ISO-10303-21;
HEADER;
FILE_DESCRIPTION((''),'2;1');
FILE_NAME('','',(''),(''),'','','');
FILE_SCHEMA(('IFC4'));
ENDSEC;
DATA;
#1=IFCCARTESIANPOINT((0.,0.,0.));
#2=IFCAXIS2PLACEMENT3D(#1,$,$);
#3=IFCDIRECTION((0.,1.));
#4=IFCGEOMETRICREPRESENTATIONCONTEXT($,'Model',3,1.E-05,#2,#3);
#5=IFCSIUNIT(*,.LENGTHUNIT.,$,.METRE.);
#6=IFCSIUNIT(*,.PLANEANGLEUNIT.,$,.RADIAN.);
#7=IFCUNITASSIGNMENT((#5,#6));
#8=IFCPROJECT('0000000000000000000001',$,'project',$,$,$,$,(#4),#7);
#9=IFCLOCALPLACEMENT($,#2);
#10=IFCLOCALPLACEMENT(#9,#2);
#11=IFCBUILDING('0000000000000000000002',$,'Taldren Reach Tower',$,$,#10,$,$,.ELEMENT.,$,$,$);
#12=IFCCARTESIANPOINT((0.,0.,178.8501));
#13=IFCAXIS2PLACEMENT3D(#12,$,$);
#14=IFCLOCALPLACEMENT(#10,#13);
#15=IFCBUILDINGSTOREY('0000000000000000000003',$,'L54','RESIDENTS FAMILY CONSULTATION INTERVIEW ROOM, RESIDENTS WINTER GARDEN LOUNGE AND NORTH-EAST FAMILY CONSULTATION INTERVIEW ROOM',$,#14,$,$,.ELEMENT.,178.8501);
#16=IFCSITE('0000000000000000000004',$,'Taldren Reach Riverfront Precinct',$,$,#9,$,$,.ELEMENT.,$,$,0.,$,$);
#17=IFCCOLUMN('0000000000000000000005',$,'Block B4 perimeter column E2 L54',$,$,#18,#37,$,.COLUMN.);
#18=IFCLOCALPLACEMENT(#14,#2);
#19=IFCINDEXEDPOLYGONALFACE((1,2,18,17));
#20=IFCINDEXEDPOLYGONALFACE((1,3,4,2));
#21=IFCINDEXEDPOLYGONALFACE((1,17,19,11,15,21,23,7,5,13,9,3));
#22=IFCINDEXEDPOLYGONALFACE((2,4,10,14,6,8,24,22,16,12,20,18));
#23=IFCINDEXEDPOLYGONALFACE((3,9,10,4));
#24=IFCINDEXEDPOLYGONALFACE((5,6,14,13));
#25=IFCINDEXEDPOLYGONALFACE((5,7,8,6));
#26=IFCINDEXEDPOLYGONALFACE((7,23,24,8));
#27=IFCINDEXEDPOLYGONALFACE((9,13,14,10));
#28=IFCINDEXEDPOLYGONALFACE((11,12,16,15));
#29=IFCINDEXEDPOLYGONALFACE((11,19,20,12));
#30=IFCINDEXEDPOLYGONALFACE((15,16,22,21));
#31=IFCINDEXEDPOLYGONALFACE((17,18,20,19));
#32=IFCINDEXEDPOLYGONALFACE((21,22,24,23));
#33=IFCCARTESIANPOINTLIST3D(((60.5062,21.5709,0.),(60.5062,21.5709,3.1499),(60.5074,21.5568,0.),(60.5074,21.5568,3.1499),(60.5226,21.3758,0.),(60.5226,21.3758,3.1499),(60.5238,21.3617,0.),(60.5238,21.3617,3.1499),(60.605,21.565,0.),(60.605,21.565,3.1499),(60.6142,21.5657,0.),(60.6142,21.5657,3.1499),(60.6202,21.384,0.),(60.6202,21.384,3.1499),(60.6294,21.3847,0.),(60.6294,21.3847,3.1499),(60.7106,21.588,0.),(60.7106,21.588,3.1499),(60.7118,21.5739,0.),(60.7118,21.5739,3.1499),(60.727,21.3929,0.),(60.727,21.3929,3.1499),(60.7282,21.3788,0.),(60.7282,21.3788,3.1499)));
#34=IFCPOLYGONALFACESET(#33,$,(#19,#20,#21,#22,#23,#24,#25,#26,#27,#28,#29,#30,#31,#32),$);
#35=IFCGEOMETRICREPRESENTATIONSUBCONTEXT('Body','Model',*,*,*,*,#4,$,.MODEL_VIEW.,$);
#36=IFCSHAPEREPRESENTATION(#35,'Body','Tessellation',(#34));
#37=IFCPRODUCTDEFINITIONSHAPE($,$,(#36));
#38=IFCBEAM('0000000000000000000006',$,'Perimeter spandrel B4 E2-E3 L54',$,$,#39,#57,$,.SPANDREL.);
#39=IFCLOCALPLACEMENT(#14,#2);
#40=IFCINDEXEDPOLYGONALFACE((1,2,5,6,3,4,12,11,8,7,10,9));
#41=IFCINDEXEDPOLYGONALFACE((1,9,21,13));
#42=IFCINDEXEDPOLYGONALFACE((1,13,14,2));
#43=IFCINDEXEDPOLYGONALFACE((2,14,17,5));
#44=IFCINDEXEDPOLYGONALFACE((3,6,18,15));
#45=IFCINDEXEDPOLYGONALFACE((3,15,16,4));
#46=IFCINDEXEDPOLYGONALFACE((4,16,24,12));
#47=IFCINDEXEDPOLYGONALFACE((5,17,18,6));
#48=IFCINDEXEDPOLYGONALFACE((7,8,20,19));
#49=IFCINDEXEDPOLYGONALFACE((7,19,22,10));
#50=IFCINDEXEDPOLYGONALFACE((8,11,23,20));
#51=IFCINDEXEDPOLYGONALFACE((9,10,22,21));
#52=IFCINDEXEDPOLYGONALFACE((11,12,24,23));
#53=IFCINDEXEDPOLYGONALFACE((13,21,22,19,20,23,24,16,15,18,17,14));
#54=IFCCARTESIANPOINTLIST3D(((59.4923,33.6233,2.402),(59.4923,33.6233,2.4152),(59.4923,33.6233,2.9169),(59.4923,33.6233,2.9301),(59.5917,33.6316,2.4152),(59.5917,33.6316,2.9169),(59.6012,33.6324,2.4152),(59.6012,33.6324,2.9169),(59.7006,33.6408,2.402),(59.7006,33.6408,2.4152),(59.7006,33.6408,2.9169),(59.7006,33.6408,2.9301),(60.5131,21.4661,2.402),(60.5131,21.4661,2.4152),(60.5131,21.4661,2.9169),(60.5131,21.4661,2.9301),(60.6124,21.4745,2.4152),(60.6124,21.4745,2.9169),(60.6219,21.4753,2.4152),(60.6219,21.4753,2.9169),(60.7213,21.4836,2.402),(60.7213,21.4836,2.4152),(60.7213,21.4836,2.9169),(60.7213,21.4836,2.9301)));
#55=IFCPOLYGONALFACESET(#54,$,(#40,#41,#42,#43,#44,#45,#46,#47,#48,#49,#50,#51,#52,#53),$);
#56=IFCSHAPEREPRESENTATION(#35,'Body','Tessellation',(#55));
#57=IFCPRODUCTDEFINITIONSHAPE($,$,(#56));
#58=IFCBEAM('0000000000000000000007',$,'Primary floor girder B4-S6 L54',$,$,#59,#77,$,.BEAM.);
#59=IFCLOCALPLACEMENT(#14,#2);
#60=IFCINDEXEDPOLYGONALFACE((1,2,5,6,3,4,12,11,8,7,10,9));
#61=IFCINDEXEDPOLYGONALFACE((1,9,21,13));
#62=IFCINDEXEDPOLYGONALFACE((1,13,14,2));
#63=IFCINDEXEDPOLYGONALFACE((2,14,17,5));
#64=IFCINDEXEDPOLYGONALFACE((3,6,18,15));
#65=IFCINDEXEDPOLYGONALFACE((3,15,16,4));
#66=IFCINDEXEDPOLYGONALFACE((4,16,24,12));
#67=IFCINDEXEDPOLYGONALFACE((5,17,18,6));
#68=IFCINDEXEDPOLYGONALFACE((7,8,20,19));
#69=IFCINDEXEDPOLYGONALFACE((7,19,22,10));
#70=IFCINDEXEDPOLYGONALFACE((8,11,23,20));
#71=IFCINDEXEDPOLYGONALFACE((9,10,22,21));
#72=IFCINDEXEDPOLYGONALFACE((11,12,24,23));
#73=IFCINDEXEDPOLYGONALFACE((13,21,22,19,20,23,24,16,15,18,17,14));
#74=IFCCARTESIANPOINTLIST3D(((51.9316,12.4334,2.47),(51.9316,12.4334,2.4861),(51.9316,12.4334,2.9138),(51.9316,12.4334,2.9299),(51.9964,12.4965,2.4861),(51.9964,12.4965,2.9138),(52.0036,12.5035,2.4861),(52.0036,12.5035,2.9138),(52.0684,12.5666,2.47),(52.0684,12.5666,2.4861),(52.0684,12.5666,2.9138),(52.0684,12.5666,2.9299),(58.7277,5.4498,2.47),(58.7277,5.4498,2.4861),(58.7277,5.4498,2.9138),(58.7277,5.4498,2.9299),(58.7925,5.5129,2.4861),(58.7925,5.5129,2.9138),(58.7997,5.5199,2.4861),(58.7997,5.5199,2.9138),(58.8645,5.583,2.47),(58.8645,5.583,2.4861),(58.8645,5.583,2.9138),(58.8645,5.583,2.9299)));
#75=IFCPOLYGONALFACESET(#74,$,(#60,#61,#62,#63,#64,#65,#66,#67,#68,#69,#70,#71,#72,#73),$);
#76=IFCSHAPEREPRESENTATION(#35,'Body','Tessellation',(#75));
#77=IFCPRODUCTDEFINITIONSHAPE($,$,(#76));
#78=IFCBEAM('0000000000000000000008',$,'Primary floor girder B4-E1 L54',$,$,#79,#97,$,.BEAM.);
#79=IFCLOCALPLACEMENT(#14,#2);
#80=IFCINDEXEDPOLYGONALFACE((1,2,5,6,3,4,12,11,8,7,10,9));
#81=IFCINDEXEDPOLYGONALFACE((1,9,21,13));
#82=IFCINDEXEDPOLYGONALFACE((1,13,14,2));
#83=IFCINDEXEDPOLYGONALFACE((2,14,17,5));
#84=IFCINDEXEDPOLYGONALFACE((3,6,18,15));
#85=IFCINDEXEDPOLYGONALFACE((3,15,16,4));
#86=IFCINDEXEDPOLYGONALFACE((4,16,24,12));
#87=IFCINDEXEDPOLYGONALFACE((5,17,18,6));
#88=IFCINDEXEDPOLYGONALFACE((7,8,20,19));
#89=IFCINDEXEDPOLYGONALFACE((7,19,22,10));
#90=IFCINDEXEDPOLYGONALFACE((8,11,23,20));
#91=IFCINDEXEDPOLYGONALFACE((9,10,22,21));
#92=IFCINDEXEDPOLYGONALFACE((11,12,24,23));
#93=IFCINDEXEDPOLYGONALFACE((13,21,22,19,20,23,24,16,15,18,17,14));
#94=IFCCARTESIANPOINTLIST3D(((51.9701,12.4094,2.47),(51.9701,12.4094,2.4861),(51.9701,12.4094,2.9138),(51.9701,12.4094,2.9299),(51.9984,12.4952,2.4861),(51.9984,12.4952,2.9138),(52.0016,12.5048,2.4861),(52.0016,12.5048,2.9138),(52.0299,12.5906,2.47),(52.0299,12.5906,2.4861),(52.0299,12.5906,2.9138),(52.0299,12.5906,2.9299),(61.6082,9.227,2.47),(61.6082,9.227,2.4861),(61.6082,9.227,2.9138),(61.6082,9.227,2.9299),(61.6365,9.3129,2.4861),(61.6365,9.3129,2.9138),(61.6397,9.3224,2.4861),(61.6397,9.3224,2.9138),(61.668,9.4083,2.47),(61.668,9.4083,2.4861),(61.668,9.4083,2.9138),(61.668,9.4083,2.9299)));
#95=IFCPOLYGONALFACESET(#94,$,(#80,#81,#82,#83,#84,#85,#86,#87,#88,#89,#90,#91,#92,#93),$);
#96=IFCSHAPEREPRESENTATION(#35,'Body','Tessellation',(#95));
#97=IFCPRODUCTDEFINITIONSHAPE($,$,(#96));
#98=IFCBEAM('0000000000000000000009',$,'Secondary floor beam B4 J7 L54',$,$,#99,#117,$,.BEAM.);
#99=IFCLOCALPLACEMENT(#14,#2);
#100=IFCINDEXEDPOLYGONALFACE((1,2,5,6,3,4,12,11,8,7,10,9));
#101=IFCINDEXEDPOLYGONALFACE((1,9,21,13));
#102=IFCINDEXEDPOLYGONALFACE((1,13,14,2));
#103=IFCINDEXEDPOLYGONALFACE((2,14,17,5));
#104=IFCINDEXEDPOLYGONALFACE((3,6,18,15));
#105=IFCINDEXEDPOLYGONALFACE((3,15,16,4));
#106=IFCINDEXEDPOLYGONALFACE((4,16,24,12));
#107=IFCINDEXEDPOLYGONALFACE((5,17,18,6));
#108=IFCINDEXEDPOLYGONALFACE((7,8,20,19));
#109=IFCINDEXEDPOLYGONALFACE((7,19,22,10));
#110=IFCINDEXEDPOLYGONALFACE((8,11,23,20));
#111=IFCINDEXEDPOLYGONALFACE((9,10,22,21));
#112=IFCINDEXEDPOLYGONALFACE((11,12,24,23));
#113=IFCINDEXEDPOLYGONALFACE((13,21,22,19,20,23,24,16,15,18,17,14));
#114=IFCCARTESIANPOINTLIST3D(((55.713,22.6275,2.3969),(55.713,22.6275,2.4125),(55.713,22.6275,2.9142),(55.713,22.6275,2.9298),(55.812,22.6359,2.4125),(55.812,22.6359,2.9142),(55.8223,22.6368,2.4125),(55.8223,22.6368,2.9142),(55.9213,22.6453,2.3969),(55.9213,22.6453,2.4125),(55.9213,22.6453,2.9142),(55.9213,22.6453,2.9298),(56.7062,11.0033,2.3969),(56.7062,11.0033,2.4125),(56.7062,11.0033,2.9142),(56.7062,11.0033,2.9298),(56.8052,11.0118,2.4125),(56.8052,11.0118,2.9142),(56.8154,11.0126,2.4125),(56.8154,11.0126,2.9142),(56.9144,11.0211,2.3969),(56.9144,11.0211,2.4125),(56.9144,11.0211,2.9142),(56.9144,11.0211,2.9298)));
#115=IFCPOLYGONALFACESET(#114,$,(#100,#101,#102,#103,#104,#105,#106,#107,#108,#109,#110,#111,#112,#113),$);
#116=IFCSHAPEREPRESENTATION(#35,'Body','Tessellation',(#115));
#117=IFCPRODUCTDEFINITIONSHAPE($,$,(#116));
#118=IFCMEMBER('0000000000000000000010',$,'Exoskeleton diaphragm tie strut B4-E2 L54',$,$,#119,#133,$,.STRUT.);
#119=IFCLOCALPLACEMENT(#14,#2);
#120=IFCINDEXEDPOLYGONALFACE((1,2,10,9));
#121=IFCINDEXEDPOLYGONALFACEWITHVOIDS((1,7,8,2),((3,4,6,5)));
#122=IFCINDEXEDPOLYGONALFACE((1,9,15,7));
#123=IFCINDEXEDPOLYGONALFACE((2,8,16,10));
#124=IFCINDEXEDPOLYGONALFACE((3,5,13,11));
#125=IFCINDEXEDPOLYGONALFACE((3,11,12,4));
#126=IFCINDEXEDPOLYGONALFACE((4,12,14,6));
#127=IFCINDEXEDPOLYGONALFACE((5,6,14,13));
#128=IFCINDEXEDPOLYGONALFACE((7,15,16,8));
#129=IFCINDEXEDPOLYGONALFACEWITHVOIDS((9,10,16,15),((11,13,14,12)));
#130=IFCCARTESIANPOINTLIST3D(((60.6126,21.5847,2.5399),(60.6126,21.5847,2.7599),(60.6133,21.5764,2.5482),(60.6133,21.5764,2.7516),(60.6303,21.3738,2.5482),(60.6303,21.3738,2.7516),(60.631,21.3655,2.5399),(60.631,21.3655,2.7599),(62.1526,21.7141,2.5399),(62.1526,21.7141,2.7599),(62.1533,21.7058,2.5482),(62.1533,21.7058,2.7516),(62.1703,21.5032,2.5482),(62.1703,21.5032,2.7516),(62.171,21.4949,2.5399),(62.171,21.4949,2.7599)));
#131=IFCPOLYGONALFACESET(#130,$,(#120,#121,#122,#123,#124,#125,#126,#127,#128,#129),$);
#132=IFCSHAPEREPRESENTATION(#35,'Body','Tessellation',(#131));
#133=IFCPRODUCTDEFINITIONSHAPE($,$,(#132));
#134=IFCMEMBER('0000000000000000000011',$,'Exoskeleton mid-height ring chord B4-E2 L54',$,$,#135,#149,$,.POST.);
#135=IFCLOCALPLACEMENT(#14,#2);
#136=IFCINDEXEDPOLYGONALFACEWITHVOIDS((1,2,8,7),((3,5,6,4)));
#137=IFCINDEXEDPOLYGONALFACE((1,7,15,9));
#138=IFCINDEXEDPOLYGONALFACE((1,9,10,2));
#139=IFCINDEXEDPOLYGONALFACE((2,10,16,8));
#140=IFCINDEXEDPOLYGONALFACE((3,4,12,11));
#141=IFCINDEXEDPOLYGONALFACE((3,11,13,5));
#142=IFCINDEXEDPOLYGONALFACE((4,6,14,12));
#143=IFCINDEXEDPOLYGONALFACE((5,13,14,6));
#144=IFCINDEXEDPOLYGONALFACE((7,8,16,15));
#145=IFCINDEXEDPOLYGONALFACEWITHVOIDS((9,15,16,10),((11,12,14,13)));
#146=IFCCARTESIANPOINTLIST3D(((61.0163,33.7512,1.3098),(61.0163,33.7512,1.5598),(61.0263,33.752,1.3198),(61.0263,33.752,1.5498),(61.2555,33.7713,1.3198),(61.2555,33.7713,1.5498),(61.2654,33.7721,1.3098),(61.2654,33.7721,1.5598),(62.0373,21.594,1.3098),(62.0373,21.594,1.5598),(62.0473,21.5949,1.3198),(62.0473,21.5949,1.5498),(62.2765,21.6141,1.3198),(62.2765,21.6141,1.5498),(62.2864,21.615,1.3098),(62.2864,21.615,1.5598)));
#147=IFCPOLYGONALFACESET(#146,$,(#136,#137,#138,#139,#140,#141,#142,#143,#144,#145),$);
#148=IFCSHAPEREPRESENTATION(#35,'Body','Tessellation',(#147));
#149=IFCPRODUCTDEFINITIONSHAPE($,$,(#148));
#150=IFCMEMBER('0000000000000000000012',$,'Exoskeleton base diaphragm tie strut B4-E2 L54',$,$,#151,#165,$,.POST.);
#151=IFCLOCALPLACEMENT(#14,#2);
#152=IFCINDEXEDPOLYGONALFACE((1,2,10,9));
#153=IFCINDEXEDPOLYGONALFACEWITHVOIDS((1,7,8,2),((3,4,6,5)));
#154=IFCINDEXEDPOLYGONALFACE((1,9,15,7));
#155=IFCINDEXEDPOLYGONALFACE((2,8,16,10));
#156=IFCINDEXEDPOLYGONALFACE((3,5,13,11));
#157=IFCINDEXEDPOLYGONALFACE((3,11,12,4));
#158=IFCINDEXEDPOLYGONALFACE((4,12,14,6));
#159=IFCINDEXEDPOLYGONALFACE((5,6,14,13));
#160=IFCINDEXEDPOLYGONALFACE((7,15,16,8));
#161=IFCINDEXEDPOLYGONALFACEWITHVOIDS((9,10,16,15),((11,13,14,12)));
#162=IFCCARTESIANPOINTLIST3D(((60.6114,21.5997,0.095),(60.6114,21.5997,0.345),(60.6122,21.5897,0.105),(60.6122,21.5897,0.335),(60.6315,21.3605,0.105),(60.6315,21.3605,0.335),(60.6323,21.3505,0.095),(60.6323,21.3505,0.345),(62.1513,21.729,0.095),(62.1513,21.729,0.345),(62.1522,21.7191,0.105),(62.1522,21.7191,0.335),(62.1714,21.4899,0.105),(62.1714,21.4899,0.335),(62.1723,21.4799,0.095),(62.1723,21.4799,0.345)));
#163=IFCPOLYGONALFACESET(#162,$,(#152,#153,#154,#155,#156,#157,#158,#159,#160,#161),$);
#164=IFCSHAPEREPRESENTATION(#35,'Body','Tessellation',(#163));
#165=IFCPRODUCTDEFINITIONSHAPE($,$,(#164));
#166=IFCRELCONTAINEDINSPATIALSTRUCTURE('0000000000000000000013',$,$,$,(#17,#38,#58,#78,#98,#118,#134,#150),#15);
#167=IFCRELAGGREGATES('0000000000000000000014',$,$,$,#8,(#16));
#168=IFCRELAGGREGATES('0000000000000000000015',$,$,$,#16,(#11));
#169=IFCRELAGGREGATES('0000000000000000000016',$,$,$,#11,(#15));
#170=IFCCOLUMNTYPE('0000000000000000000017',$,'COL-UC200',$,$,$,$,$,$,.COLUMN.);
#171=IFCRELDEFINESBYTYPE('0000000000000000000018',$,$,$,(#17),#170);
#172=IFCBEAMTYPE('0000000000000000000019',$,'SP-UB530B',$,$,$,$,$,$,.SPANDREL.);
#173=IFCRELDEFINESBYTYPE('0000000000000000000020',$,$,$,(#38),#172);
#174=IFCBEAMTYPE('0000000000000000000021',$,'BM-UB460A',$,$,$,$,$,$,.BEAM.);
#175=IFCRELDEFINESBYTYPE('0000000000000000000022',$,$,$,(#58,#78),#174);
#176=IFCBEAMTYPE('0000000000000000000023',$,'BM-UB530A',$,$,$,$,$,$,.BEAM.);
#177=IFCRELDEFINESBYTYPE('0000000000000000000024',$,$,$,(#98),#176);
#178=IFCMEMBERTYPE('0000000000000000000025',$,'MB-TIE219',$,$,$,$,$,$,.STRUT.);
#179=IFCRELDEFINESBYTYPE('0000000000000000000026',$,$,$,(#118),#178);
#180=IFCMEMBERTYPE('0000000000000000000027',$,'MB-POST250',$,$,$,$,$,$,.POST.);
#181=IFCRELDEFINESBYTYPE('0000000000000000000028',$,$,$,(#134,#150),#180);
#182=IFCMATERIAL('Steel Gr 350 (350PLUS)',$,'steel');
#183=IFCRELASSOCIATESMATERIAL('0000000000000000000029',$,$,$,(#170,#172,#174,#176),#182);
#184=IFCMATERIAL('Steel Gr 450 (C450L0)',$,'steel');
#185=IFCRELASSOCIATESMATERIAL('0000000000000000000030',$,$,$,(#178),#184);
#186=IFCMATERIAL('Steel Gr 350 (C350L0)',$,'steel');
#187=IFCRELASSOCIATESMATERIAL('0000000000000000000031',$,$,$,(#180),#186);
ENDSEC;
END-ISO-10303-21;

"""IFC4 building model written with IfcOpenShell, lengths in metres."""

from ifc_helpers import new_model, si_unit, direction, frame, origin, origin_2d, place, context, subcontext, project, spatial, hollow_rectangle, i_section, extrude, source, transform, mapped, material, material_profile, profile_set, type_object, element, save


model = new_model("IFC4")

# Units and contexts
model_context = context("Model", 3, precision=1e-05, world=origin(), true_north=direction((0.0, 1.0)))
body_context = subcontext(model_context, "Body", "Model", "MODEL_VIEW")
ifc_project = project(units=[si_unit("LENGTHUNIT", "METRE"), si_unit("PLANEANGLEUNIT", "RADIAN")], contexts=[model_context])

# Site, building, storey
site_placement = place(None, origin())
site = spatial("IfcSite", under=ifc_project, at=site_placement, Name="Taldren Reach Riverfront Precinct", CompositionType="ELEMENT", RefElevation=0.0)
building_placement = place(site_placement, origin())
building = spatial("IfcBuilding", under=site, at=building_placement, Name="Taldren Reach Tower", CompositionType="ELEMENT")
storey_placement = place(building_placement, frame((0.0, 0.0, 178.8501)))
storey = spatial("IfcBuildingStorey", under=building, at=storey_placement, Name="L54", Description="RESIDENTS FAMILY CONSULTATION INTERVIEW ROOM, RESIDENTS WINTER GARDEN LOUNGE AND NORTH-EAST FAMILY CONSULTATION INTERVIEW ROOM", CompositionType="ELEMENT", Elevation=178.8501)

# Column
ifc_material_1 = material(Name="Steel Gr 350 (350PLUS)", Category="steel")
ifc_material_profile_1 = material_profile(ifc_material_1, i_section(OverallWidth=0.2051, OverallDepth=0.21, WebThickness=0.0093, FlangeThickness=0.0142, at=origin_2d()), Name="200UC59.5")
ifc_profile_set_1 = profile_set([ifc_material_profile_1], Name="Steel Gr 350 (350PLUS)")
column_type = type_object("IfcColumnType", Name="COL-UC200", PredefinedType="COLUMN", material=ifc_profile_set_1)
shared_shape_1 = source(origin(), body_context, "Body", "SweptSolid", [
    extrude(i_section(OverallWidth=0.2051, OverallDepth=0.21, WebThickness=0.0093, FlangeThickness=0.0142, at=origin_2d()), origin(), (0.0, 0.0, 1.0), 3.1499),
])
column_placement = place(storey_placement, frame((60.6172, 21.4749, 0.0), z_axis=(0.0, 0.0, 1.0), x_axis=(0.996493, 0.083678, 0.0)))
element("IfcColumn", 1, at=column_placement, inside=storey, type_object=column_type, Name="Block B4 perimeter column E2 L54", PredefinedType="COLUMN", context=body_context, shape_type="MappedRepresentation", body=[
    mapped(shared_shape_1, transform((0.0, 0.0, 0.0), scale=1.0)),
])

# Beams
ifc_material_profile_2 = material_profile(ifc_material_1, i_section(OverallWidth=0.209, OverallDepth=0.5281, WebThickness=0.0095, FlangeThickness=0.0132, at=origin_2d()), Name="530UB82.0")
ifc_profile_set_2 = profile_set([ifc_material_profile_2], Name="Steel Gr 350 (350PLUS)")
beam_type_1 = type_object("IfcBeamType", Name="SP-UB530B", PredefinedType="SPANDREL", material=ifc_profile_set_2)
shared_shape_2 = source(origin(), body_context, "Body", "SweptSolid", [
    extrude(i_section(OverallWidth=0.209, OverallDepth=0.5281, WebThickness=0.0095, FlangeThickness=0.0132, at=origin_2d()), origin(), (0.0, 0.0, 1.0), 12.2),
])
beam_1_placement = place(storey_placement, frame((60.6172, 21.4749, 2.666), z_axis=(-0.083668, 0.996494, 0.0), x_axis=(-0.996494, -0.083668, 0.0)))
element("IfcBeam", 2, at=beam_1_placement, inside=storey, type_object=beam_type_1, Name="Perimeter spandrel B4 E2-E3 L54", PredefinedType="SPANDREL", context=body_context, shape_type="MappedRepresentation", body=[
    mapped(shared_shape_2, transform((0.0, 0.0, 0.0), scale=1.0)),
])
ifc_material_profile_3 = material_profile(ifc_material_1, i_section(OverallWidth=0.1909, OverallDepth=0.46, WebThickness=0.01, FlangeThickness=0.0161, at=origin_2d()), Name="460UB82.1")
ifc_profile_set_3 = profile_set([ifc_material_profile_3], Name="Steel Gr 350 (350PLUS)")
beam_type_2 = type_object("IfcBeamType", Name="BM-UB460A", PredefinedType="BEAM", material=ifc_profile_set_3)
shared_shape_3 = source(origin(), body_context, "Body", "SweptSolid", [
    extrude(i_section(OverallWidth=0.1909, OverallDepth=0.46, WebThickness=0.01, FlangeThickness=0.0161, at=origin_2d()), origin(), (0.0, 0.0, 1.0), 9.7446),
])
beam_2_placement = place(storey_placement, frame((52.0, 12.5, 2.7), z_axis=(0.697421, -0.716662, 0.0), x_axis=(0.716662, 0.697421, 0.0)))
element("IfcBeam", 3, at=beam_2_placement, inside=storey, type_object=beam_type_2, Name="Primary floor girder B4-S6 L54", PredefinedType="BEAM", context=body_context, shape_type="MappedRepresentation", body=[
    mapped(shared_shape_3, transform((0.0, 0.0, 0.0), scale=1.0)),
])
shared_shape_4 = source(origin(), body_context, "Body", "SweptSolid", [
    extrude(i_section(OverallWidth=0.1909, OverallDepth=0.46, WebThickness=0.01, FlangeThickness=0.0161, at=origin_2d()), origin(), (0.0, 0.0, 1.0), 10.1499),
])
beam_3_placement = place(storey_placement, frame((52.0, 12.5, 2.7), z_axis=(0.949577, -0.313535, 0.0), x_axis=(0.313535, 0.949577, 0.0)))
element("IfcBeam", 4, at=beam_3_placement, inside=storey, type_object=beam_type_2, Name="Primary floor girder B4-E1 L54", PredefinedType="BEAM", context=body_context, shape_type="MappedRepresentation", body=[
    mapped(shared_shape_4, transform((0.0, 0.0, 0.0), scale=1.0)),
])
ifc_material_profile_4 = material_profile(ifc_material_1, i_section(OverallWidth=0.209, OverallDepth=0.533, WebThickness=0.0103, FlangeThickness=0.0156, at=origin_2d()), Name="530UB92.4")
ifc_profile_set_4 = profile_set([ifc_material_profile_4], Name="Steel Gr 350 (350PLUS)")
beam_type_3 = type_object("IfcBeamType", Name="BM-UB530A", PredefinedType="BEAM", material=ifc_profile_set_4)
shared_shape_5 = source(origin(), body_context, "Body", "SweptSolid", [
    extrude(i_section(OverallWidth=0.209, OverallDepth=0.533, WebThickness=0.0103, FlangeThickness=0.0156, at=origin_2d()), origin(), (0.0, 0.0, 1.0), 11.6665),
])
beam_4_placement = place(storey_placement, frame((56.8103, 11.0122, 2.6633), z_axis=(-0.085129, 0.99637, 0.0), x_axis=(-0.99637, -0.085129, 0.0)))
element("IfcBeam", 5, at=beam_4_placement, inside=storey, type_object=beam_type_3, Name="Secondary floor beam B4 J7 L54", PredefinedType="BEAM", context=body_context, shape_type="MappedRepresentation", body=[
    mapped(shared_shape_5, transform((0.0, 0.0, 0.0), scale=1.0)),
])

# Members
ifc_material_2 = material(Name="Steel Gr 450 (C450L0)", Category="steel")
ifc_material_profile_5 = material_profile(ifc_material_2, hollow_rectangle(XDim=0.22, YDim=0.22, WallThickness=0.0083, at=origin_2d()), Name="220x220x8.2SHS")
ifc_profile_set_5 = profile_set([ifc_material_profile_5], Name="Steel Gr 450 (C450L0)")
member_type_1 = type_object("IfcMemberType", Name="MB-TIE219", PredefinedType="STRUT", material=ifc_profile_set_5)
shared_shape_6 = source(origin(), body_context, "Body", "SweptSolid", [
    extrude(hollow_rectangle(XDim=0.22, YDim=0.22, WallThickness=0.0083, at=origin_2d()), origin(), (0.0, 0.0, 1.0), 1.5454),
])
member_1_placement = place(storey_placement, frame((60.6218, 21.4751, 2.6499), z_axis=(0.996489, 0.083725, 0.0), x_axis=(-0.083725, 0.996489, 0.0)))
element("IfcMember", 6, at=member_1_placement, inside=storey, type_object=member_type_1, Name="Exoskeleton diaphragm tie strut B4-E2 L54", PredefinedType="STRUT", context=body_context, shape_type="MappedRepresentation", body=[
    mapped(shared_shape_6, transform((0.0, 0.0, 0.0), scale=1.0)),
])
ifc_material_3 = material(Name="Steel Gr 350 (C350L0)", Category="steel")
ifc_material_profile_6 = material_profile(ifc_material_3, hollow_rectangle(XDim=0.25, YDim=0.25, WallThickness=0.01, at=origin_2d()), Name="250x250x10.0SHS")
ifc_profile_set_6 = profile_set([ifc_material_profile_6], Name="Steel Gr 350 (C350L0)")
member_type_2 = type_object("IfcMemberType", Name="MB-POST250", PredefinedType="POST", material=ifc_profile_set_6)
shared_shape_7 = source(origin(), body_context, "Body", "SweptSolid", [
    extrude(hollow_rectangle(XDim=0.25, YDim=0.25, WallThickness=0.01, at=origin_2d()), origin(), (0.0, 0.0, 1.0), 12.2),
])
member_2_placement = place(storey_placement, frame((62.1619, 21.6045, 1.4348), z_axis=(-0.083688, 0.996492, 0.0), x_axis=(-0.996492, -0.083688, 0.0)))
element("IfcMember", 7, at=member_2_placement, inside=storey, type_object=member_type_2, Name="Exoskeleton mid-height ring chord B4-E2 L54", PredefinedType="POST", context=body_context, shape_type="MappedRepresentation", body=[
    mapped(shared_shape_7, transform((0.0, 0.0, 0.0), scale=1.0)),
])
shared_shape_8 = source(origin(), body_context, "Body", "SweptSolid", [
    extrude(hollow_rectangle(XDim=0.25, YDim=0.25, WallThickness=0.01, at=origin_2d()), origin(), (0.0, 0.0, 1.0), 1.5454),
])
for number, where, z_axis, x_axis, name in (
    (8, (60.6218, 21.4751, 0.22), (0.996489, 0.083725, 0.0), (-0.083725, 0.996489, 0.0), "Exoskeleton base diaphragm tie strut B4-E2 L54"),
):
    element("IfcMember", number, at=place(storey_placement, frame(where, z_axis=z_axis, x_axis=x_axis)), inside=storey, type_object=member_type_2, Name=name, PredefinedType="POST", context=body_context, shape_type="MappedRepresentation", body=[
        mapped(shared_shape_8, transform((0.0, 0.0, 0.0), scale=1.0)),
    ])

save(model, "model.ifc")
